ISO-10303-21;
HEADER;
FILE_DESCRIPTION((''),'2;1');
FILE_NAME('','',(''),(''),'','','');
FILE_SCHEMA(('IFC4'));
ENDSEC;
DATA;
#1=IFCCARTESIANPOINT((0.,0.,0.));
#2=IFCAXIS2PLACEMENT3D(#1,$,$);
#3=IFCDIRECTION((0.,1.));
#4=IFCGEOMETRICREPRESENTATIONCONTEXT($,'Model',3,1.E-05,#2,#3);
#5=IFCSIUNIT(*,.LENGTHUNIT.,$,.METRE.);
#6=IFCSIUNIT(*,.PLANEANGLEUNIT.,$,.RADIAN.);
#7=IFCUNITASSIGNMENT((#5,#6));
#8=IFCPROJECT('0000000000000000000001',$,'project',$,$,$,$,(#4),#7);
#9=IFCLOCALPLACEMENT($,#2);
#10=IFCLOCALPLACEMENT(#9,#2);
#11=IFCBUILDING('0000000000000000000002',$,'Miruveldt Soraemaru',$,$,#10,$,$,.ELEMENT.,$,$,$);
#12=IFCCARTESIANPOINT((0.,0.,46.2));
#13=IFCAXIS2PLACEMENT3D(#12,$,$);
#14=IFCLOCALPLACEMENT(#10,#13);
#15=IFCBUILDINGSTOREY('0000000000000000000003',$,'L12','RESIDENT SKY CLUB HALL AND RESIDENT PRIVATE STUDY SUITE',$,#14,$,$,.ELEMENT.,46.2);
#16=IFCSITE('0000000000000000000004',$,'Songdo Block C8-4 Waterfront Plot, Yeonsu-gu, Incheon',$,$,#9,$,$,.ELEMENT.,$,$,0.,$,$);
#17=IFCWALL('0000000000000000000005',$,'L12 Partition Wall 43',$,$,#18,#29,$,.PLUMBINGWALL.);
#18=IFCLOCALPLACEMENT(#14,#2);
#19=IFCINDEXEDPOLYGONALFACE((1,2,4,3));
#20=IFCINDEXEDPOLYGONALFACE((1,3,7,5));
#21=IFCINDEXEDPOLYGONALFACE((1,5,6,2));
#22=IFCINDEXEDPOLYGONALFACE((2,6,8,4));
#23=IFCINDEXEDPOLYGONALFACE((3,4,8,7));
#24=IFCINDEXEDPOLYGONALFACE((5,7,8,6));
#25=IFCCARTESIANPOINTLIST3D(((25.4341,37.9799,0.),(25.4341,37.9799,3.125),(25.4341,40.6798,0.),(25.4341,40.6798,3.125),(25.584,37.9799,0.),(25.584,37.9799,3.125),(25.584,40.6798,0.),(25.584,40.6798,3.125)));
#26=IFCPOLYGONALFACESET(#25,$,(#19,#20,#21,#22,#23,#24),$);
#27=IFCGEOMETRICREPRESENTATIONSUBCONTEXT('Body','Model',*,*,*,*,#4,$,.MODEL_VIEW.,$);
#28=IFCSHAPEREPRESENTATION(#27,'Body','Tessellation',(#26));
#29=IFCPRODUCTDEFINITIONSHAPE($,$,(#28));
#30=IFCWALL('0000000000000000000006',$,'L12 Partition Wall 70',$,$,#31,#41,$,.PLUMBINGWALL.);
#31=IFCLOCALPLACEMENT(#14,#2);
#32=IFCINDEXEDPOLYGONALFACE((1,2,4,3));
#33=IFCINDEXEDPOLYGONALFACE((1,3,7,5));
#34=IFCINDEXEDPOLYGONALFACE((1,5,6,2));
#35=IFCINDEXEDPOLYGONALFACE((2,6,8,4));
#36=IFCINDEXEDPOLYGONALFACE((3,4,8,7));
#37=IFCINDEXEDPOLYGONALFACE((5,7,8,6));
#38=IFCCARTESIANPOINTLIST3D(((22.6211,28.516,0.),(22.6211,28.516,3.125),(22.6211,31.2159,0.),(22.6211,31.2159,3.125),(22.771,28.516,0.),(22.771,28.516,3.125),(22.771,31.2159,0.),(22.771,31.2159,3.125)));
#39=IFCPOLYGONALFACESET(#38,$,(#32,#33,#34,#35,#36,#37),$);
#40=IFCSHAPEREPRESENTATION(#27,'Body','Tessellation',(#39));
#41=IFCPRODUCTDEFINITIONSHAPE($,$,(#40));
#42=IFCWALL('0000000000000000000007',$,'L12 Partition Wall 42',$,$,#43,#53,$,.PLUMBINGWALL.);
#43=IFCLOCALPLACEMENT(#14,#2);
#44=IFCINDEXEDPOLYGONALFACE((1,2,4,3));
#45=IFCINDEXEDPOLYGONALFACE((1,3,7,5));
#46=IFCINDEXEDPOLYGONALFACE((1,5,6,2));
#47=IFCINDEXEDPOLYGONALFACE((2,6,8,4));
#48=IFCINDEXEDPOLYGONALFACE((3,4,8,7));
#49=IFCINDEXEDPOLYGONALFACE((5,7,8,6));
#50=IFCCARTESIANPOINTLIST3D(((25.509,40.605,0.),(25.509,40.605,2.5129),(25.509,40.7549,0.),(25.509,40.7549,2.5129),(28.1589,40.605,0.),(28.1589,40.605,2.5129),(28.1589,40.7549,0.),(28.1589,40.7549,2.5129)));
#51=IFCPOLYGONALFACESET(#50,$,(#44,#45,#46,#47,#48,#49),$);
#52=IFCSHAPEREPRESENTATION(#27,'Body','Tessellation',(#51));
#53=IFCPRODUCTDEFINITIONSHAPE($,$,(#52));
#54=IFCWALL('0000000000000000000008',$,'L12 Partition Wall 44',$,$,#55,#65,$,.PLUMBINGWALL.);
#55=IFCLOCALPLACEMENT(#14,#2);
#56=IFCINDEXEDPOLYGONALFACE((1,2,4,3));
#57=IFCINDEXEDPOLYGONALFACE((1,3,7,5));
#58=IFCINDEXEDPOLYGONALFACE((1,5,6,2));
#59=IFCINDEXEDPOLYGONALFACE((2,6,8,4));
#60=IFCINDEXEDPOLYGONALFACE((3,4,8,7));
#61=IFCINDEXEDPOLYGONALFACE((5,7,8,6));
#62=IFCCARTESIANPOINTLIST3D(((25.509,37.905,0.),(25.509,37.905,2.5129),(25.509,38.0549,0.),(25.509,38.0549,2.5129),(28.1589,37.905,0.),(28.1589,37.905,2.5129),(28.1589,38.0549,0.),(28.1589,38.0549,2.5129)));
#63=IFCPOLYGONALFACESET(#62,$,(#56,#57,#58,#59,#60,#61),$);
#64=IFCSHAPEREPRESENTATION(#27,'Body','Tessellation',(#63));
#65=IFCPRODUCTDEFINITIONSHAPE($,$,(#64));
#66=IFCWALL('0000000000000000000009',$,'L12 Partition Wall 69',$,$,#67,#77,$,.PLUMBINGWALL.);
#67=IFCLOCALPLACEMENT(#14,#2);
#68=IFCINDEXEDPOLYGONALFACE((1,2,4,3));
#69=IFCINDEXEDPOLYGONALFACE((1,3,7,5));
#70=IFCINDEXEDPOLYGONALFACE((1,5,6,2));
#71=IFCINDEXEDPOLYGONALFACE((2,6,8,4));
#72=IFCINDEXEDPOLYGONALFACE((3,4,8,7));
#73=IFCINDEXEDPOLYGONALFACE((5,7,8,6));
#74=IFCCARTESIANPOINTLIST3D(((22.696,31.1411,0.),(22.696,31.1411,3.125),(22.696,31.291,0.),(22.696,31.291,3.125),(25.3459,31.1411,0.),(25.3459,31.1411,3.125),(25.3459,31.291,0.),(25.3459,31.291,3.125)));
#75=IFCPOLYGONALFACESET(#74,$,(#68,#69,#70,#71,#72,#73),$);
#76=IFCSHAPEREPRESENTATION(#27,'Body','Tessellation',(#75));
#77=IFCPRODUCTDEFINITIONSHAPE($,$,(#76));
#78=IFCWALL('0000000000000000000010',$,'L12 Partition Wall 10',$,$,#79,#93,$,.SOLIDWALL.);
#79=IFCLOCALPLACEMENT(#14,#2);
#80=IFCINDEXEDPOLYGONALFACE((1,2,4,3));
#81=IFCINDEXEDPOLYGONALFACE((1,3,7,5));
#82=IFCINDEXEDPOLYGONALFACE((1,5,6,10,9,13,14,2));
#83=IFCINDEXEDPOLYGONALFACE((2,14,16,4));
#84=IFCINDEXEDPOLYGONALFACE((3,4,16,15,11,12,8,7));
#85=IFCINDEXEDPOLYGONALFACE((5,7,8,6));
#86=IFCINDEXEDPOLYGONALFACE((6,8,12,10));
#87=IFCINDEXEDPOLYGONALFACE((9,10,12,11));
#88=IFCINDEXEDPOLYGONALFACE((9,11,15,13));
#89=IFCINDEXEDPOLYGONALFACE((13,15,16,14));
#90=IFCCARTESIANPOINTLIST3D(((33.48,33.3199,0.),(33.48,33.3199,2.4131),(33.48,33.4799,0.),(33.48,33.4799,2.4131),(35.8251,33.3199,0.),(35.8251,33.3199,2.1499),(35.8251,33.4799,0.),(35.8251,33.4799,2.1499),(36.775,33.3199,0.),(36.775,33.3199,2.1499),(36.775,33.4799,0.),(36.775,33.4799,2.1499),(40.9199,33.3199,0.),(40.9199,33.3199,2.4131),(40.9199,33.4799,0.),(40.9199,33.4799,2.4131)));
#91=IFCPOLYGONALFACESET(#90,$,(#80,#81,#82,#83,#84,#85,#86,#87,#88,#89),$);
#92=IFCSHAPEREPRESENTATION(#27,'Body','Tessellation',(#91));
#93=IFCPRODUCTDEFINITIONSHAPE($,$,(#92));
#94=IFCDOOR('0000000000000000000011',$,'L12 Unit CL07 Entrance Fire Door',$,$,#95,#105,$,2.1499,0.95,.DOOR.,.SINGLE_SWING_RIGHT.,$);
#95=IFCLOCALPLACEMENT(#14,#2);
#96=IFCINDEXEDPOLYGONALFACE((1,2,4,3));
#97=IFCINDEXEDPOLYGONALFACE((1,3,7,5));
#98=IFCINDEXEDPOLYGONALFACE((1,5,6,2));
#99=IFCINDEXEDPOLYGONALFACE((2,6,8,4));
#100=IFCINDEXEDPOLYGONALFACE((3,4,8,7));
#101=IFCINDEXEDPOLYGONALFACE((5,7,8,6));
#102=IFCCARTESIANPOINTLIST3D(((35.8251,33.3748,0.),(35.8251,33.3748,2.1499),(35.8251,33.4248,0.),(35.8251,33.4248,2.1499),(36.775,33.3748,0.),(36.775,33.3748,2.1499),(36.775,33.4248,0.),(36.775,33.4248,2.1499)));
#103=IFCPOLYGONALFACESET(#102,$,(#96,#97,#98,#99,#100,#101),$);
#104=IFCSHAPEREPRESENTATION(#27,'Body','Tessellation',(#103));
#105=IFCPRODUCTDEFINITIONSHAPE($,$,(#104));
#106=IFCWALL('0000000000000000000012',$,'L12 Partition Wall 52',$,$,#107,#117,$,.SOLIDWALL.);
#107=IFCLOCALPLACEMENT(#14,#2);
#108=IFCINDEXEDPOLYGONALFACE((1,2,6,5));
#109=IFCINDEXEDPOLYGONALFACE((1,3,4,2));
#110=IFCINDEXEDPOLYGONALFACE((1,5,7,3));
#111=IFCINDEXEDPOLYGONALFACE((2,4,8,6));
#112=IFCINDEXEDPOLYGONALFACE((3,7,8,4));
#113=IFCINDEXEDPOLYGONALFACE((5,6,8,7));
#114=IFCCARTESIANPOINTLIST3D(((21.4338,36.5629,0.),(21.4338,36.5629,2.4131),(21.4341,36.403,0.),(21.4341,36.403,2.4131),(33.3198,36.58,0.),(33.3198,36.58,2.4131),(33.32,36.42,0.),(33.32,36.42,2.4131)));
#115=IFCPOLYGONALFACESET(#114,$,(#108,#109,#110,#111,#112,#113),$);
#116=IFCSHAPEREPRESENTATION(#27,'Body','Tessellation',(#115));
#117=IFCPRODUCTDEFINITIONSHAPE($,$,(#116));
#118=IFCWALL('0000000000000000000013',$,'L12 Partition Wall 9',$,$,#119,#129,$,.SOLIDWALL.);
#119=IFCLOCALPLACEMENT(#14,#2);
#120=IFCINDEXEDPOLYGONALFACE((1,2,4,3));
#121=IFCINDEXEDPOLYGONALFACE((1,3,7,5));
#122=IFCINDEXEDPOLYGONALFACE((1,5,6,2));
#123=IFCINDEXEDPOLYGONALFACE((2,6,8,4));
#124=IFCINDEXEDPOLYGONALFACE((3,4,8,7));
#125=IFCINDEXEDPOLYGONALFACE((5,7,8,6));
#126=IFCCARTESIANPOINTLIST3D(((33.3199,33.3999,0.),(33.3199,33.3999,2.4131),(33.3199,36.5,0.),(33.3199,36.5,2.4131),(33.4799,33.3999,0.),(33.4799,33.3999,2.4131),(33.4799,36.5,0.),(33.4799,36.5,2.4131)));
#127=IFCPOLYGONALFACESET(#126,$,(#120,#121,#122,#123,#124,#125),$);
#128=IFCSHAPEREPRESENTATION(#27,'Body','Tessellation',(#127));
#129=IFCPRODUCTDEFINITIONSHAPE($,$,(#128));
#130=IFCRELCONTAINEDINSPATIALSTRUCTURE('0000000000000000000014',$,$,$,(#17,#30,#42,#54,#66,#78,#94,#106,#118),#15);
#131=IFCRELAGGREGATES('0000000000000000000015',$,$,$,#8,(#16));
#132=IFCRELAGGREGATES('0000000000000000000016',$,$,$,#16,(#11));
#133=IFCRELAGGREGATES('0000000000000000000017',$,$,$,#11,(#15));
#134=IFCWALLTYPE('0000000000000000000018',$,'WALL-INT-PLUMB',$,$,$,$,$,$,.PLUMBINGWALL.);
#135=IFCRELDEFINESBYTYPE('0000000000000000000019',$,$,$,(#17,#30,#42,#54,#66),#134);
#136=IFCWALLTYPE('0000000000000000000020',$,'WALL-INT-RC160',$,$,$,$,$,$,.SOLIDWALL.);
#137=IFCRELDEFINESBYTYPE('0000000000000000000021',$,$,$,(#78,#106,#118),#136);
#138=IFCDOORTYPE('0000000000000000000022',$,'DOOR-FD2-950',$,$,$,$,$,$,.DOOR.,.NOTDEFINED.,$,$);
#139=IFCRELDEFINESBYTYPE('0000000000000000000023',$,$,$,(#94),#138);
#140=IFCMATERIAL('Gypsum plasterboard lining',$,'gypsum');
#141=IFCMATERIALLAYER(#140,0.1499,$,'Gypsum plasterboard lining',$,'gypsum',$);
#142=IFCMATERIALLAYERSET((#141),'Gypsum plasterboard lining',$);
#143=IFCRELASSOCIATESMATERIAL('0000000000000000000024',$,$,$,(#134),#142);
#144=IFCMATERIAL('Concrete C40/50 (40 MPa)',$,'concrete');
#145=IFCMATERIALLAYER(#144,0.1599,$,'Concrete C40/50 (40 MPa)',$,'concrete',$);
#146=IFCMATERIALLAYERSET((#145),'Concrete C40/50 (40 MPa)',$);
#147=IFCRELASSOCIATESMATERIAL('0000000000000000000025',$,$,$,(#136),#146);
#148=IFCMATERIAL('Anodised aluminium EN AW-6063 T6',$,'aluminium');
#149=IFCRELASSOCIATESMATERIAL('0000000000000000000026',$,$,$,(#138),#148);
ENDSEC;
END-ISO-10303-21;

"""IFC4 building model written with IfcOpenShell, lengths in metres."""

from ifc_helpers import new_model, si_unit, direction, frame, frame_2d, origin, place, context, subcontext, project, spatial, rectangle, extrude, material, layer, layer_set, type_object, element, fill, save


model = new_model("IFC4")

# Units and contexts
model_context = context("Model", 3, precision=1e-05, world=origin(), true_north=direction((0.0, 1.0)))
body_context = subcontext(model_context, "Body", "Model", "MODEL_VIEW")
ifc_project = project(units=[si_unit("LENGTHUNIT", "METRE"), si_unit("PLANEANGLEUNIT", "RADIAN")], contexts=[model_context])

# Site, building, storey
site_placement = place(None, origin())
site = spatial("IfcSite", under=ifc_project, at=site_placement, Name="Songdo Block C8-4 Waterfront Plot, Yeonsu-gu, Incheon", CompositionType="ELEMENT", RefElevation=0.0)
building_placement = place(site_placement, origin())
building = spatial("IfcBuilding", under=site, at=building_placement, Name="Miruveldt Soraemaru", CompositionType="ELEMENT")
storey_placement = place(building_placement, frame((0.0, 0.0, 46.2)))
storey = spatial("IfcBuildingStorey", under=building, at=storey_placement, Name="L12", Description="RESIDENT SKY CLUB HALL AND RESIDENT PRIVATE STUDY SUITE", CompositionType="ELEMENT", Elevation=46.2)

# Shared definitions
ifc_material_1 = material(Name="Gypsum plasterboard lining", Category="gypsum")
ifc_layer_1 = layer(ifc_material_1, 0.1499, Name="Gypsum plasterboard lining", Category="gypsum")
ifc_layer_set_1 = layer_set([ifc_layer_1], Name="Gypsum plasterboard lining")
wall_type_1 = type_object("IfcWallType", Name="WALL-INT-PLUMB", PredefinedType="PLUMBINGWALL", material=ifc_layer_set_1)
ifc_material_2 = material(Name="Anodised aluminium EN AW-6063 T6", Category="aluminium")

# Walls
for number, where, z_axis, x_axis, name in (
    (1, (25.509, 40.6799, 0.0), (0.0, 0.0, 1.0), (0.0, -1.0, 0.0), "L12 Partition Wall 43"),
    (2, (22.696, 31.2161, 0.0), (0.0, 0.0, 1.0), (0.0, -1.0, 0.0), "L12 Partition Wall 70"),
):
    element("IfcWall", number, at=place(storey_placement, frame(where, z_axis=z_axis, x_axis=x_axis)), inside=storey, type_object=wall_type_1, Name=name, PredefinedType="PLUMBINGWALL", context=body_context, shape_type="SweptSolid", body=[
        extrude(rectangle(XDim=2.7, YDim=0.1499, at=frame_2d((1.3501, 0.0))), origin(), (0.0, 0.0, 1.0), 3.125),
    ])
for number, where, z_axis, x_axis, name in (
    (3, (28.1589, 40.6799, 0.0), (0.0, 0.0, 1.0), (-1.0, 0.0, 0.0), "L12 Partition Wall 42"),
    (4, (25.509, 37.98, 0.0), (0.0, 0.0, 1.0), (1.0, 0.0, 0.0), "L12 Partition Wall 44"),
):
    element("IfcWall", number, at=place(storey_placement, frame(where, z_axis=z_axis, x_axis=x_axis)), inside=storey, type_object=wall_type_1, Name=name, PredefinedType="PLUMBINGWALL", context=body_context, shape_type="SweptSolid", body=[
        extrude(rectangle(XDim=2.6499, YDim=0.1499, at=frame_2d((1.325, 0.0))), origin(), (0.0, 0.0, 1.0), 2.5129),
    ])
wall_1_placement = place(storey_placement, frame((25.3459, 31.2161, 0.0), z_axis=(0.0, 0.0, 1.0), x_axis=(-1.0, 0.0, 0.0)))
element("IfcWall", 5, at=wall_1_placement, inside=storey, type_object=wall_type_1, Name="L12 Partition Wall 69", PredefinedType="PLUMBINGWALL", context=body_context, shape_type="SweptSolid", body=[
    extrude(rectangle(XDim=2.6499, YDim=0.1499, at=frame_2d((1.325, 0.0))), origin(), (0.0, 0.0, 1.0), 3.125),
])

# Wall, opening, door
ifc_material_3 = material(Name="Concrete C40/50 (40 MPa)", Category="concrete")
ifc_layer_2 = layer(ifc_material_3, 0.1599, Name="Concrete C40/50 (40 MPa)", Category="concrete")
ifc_layer_set_2 = layer_set([ifc_layer_2], Name="Concrete C40/50 (40 MPa)")
wall_type_2 = type_object("IfcWallType", Name="WALL-INT-RC160", PredefinedType="SOLIDWALL", material=ifc_layer_set_2)
wall_2_placement = place(storey_placement, frame((33.48, 33.3999, 0.0), z_axis=(0.0, 0.0, 1.0), x_axis=(1.0, 0.0, 0.0)))
wall_2 = element("IfcWall", 6, at=wall_2_placement, inside=storey, type_object=wall_type_2, Name="L12 Partition Wall 10", PredefinedType="SOLIDWALL", context=body_context, shape_type="SweptSolid", body=[
    extrude(rectangle(XDim=7.4399, YDim=0.1599, at=frame_2d((3.72, 0.0))), origin(), (0.0, 0.0, 1.0), 2.4131),
])
opening_1_placement = place(wall_2_placement, frame((2.345, 0.0, 0.0)))
opening_1 = element("IfcOpeningElement", 7, at=opening_1_placement, cuts=wall_2, PredefinedType="OPENING", context=body_context, shape_type="SweptSolid", body=[
    extrude(rectangle(XDim=0.95, YDim=2.1499, at=frame_2d((0.4751, 1.075))), frame((0.0, 0.0898, 0.0), z_axis=(0.0, -1.0, 0.0), x_axis=(1.0, 0.0, 0.0)), (0.0, 0.0, 1.0), 0.1799),
])
door_type_1 = type_object("IfcDoorType", Name="DOOR-FD2-950", OperationType="NOTDEFINED", PredefinedType="DOOR", material=ifc_material_2)
door_1_placement = place(opening_1_placement, origin())
door_1 = element("IfcDoor", 8, at=door_1_placement, inside=storey, type_object=door_type_1, Name="L12 Unit CL07 Entrance Fire Door", OperationType="SINGLE_SWING_RIGHT", OverallHeight=2.1499, OverallWidth=0.95, PredefinedType="DOOR", context=body_context, shape_type="SweptSolid", body=[
    extrude(rectangle(XDim=0.95, YDim=2.1499, at=frame_2d((0.4751, 1.075))), frame((0.0, 0.0249, 0.0), z_axis=(0.0, -1.0, 0.0), x_axis=(1.0, 0.0, 0.0)), (0.0, 0.0, 1.0), 0.05),
])
fill(opening_1, door_1)

# Walls
wall_3_placement = place(storey_placement, frame((21.4341, 36.4829, 0.0), z_axis=(0.0, 0.0, 1.0), x_axis=(0.999999, 0.001438, 0.0)))
element("IfcWall", 9, at=wall_3_placement, inside=storey, type_object=wall_type_2, Name="L12 Partition Wall 52", PredefinedType="SOLIDWALL", context=body_context, shape_type="SweptSolid", body=[
    extrude(rectangle(XDim=11.886, YDim=0.1599, at=frame_2d((5.9429, 0.0))), origin(), (0.0, 0.0, 1.0), 2.4131),
])
wall_4_placement = place(storey_placement, frame((33.3999, 36.5, 0.0), z_axis=(0.0, 0.0, 1.0), x_axis=(0.0, -1.0, 0.0)))
element("IfcWall", 10, at=wall_4_placement, inside=storey, type_object=wall_type_2, Name="L12 Partition Wall 9", PredefinedType="SOLIDWALL", context=body_context, shape_type="SweptSolid", body=[
    extrude(rectangle(XDim=3.1001, YDim=0.1599, at=frame_2d((1.55, 0.0))), origin(), (0.0, 0.0, 1.0), 2.4131),
])

save(model, "model.ifc")
